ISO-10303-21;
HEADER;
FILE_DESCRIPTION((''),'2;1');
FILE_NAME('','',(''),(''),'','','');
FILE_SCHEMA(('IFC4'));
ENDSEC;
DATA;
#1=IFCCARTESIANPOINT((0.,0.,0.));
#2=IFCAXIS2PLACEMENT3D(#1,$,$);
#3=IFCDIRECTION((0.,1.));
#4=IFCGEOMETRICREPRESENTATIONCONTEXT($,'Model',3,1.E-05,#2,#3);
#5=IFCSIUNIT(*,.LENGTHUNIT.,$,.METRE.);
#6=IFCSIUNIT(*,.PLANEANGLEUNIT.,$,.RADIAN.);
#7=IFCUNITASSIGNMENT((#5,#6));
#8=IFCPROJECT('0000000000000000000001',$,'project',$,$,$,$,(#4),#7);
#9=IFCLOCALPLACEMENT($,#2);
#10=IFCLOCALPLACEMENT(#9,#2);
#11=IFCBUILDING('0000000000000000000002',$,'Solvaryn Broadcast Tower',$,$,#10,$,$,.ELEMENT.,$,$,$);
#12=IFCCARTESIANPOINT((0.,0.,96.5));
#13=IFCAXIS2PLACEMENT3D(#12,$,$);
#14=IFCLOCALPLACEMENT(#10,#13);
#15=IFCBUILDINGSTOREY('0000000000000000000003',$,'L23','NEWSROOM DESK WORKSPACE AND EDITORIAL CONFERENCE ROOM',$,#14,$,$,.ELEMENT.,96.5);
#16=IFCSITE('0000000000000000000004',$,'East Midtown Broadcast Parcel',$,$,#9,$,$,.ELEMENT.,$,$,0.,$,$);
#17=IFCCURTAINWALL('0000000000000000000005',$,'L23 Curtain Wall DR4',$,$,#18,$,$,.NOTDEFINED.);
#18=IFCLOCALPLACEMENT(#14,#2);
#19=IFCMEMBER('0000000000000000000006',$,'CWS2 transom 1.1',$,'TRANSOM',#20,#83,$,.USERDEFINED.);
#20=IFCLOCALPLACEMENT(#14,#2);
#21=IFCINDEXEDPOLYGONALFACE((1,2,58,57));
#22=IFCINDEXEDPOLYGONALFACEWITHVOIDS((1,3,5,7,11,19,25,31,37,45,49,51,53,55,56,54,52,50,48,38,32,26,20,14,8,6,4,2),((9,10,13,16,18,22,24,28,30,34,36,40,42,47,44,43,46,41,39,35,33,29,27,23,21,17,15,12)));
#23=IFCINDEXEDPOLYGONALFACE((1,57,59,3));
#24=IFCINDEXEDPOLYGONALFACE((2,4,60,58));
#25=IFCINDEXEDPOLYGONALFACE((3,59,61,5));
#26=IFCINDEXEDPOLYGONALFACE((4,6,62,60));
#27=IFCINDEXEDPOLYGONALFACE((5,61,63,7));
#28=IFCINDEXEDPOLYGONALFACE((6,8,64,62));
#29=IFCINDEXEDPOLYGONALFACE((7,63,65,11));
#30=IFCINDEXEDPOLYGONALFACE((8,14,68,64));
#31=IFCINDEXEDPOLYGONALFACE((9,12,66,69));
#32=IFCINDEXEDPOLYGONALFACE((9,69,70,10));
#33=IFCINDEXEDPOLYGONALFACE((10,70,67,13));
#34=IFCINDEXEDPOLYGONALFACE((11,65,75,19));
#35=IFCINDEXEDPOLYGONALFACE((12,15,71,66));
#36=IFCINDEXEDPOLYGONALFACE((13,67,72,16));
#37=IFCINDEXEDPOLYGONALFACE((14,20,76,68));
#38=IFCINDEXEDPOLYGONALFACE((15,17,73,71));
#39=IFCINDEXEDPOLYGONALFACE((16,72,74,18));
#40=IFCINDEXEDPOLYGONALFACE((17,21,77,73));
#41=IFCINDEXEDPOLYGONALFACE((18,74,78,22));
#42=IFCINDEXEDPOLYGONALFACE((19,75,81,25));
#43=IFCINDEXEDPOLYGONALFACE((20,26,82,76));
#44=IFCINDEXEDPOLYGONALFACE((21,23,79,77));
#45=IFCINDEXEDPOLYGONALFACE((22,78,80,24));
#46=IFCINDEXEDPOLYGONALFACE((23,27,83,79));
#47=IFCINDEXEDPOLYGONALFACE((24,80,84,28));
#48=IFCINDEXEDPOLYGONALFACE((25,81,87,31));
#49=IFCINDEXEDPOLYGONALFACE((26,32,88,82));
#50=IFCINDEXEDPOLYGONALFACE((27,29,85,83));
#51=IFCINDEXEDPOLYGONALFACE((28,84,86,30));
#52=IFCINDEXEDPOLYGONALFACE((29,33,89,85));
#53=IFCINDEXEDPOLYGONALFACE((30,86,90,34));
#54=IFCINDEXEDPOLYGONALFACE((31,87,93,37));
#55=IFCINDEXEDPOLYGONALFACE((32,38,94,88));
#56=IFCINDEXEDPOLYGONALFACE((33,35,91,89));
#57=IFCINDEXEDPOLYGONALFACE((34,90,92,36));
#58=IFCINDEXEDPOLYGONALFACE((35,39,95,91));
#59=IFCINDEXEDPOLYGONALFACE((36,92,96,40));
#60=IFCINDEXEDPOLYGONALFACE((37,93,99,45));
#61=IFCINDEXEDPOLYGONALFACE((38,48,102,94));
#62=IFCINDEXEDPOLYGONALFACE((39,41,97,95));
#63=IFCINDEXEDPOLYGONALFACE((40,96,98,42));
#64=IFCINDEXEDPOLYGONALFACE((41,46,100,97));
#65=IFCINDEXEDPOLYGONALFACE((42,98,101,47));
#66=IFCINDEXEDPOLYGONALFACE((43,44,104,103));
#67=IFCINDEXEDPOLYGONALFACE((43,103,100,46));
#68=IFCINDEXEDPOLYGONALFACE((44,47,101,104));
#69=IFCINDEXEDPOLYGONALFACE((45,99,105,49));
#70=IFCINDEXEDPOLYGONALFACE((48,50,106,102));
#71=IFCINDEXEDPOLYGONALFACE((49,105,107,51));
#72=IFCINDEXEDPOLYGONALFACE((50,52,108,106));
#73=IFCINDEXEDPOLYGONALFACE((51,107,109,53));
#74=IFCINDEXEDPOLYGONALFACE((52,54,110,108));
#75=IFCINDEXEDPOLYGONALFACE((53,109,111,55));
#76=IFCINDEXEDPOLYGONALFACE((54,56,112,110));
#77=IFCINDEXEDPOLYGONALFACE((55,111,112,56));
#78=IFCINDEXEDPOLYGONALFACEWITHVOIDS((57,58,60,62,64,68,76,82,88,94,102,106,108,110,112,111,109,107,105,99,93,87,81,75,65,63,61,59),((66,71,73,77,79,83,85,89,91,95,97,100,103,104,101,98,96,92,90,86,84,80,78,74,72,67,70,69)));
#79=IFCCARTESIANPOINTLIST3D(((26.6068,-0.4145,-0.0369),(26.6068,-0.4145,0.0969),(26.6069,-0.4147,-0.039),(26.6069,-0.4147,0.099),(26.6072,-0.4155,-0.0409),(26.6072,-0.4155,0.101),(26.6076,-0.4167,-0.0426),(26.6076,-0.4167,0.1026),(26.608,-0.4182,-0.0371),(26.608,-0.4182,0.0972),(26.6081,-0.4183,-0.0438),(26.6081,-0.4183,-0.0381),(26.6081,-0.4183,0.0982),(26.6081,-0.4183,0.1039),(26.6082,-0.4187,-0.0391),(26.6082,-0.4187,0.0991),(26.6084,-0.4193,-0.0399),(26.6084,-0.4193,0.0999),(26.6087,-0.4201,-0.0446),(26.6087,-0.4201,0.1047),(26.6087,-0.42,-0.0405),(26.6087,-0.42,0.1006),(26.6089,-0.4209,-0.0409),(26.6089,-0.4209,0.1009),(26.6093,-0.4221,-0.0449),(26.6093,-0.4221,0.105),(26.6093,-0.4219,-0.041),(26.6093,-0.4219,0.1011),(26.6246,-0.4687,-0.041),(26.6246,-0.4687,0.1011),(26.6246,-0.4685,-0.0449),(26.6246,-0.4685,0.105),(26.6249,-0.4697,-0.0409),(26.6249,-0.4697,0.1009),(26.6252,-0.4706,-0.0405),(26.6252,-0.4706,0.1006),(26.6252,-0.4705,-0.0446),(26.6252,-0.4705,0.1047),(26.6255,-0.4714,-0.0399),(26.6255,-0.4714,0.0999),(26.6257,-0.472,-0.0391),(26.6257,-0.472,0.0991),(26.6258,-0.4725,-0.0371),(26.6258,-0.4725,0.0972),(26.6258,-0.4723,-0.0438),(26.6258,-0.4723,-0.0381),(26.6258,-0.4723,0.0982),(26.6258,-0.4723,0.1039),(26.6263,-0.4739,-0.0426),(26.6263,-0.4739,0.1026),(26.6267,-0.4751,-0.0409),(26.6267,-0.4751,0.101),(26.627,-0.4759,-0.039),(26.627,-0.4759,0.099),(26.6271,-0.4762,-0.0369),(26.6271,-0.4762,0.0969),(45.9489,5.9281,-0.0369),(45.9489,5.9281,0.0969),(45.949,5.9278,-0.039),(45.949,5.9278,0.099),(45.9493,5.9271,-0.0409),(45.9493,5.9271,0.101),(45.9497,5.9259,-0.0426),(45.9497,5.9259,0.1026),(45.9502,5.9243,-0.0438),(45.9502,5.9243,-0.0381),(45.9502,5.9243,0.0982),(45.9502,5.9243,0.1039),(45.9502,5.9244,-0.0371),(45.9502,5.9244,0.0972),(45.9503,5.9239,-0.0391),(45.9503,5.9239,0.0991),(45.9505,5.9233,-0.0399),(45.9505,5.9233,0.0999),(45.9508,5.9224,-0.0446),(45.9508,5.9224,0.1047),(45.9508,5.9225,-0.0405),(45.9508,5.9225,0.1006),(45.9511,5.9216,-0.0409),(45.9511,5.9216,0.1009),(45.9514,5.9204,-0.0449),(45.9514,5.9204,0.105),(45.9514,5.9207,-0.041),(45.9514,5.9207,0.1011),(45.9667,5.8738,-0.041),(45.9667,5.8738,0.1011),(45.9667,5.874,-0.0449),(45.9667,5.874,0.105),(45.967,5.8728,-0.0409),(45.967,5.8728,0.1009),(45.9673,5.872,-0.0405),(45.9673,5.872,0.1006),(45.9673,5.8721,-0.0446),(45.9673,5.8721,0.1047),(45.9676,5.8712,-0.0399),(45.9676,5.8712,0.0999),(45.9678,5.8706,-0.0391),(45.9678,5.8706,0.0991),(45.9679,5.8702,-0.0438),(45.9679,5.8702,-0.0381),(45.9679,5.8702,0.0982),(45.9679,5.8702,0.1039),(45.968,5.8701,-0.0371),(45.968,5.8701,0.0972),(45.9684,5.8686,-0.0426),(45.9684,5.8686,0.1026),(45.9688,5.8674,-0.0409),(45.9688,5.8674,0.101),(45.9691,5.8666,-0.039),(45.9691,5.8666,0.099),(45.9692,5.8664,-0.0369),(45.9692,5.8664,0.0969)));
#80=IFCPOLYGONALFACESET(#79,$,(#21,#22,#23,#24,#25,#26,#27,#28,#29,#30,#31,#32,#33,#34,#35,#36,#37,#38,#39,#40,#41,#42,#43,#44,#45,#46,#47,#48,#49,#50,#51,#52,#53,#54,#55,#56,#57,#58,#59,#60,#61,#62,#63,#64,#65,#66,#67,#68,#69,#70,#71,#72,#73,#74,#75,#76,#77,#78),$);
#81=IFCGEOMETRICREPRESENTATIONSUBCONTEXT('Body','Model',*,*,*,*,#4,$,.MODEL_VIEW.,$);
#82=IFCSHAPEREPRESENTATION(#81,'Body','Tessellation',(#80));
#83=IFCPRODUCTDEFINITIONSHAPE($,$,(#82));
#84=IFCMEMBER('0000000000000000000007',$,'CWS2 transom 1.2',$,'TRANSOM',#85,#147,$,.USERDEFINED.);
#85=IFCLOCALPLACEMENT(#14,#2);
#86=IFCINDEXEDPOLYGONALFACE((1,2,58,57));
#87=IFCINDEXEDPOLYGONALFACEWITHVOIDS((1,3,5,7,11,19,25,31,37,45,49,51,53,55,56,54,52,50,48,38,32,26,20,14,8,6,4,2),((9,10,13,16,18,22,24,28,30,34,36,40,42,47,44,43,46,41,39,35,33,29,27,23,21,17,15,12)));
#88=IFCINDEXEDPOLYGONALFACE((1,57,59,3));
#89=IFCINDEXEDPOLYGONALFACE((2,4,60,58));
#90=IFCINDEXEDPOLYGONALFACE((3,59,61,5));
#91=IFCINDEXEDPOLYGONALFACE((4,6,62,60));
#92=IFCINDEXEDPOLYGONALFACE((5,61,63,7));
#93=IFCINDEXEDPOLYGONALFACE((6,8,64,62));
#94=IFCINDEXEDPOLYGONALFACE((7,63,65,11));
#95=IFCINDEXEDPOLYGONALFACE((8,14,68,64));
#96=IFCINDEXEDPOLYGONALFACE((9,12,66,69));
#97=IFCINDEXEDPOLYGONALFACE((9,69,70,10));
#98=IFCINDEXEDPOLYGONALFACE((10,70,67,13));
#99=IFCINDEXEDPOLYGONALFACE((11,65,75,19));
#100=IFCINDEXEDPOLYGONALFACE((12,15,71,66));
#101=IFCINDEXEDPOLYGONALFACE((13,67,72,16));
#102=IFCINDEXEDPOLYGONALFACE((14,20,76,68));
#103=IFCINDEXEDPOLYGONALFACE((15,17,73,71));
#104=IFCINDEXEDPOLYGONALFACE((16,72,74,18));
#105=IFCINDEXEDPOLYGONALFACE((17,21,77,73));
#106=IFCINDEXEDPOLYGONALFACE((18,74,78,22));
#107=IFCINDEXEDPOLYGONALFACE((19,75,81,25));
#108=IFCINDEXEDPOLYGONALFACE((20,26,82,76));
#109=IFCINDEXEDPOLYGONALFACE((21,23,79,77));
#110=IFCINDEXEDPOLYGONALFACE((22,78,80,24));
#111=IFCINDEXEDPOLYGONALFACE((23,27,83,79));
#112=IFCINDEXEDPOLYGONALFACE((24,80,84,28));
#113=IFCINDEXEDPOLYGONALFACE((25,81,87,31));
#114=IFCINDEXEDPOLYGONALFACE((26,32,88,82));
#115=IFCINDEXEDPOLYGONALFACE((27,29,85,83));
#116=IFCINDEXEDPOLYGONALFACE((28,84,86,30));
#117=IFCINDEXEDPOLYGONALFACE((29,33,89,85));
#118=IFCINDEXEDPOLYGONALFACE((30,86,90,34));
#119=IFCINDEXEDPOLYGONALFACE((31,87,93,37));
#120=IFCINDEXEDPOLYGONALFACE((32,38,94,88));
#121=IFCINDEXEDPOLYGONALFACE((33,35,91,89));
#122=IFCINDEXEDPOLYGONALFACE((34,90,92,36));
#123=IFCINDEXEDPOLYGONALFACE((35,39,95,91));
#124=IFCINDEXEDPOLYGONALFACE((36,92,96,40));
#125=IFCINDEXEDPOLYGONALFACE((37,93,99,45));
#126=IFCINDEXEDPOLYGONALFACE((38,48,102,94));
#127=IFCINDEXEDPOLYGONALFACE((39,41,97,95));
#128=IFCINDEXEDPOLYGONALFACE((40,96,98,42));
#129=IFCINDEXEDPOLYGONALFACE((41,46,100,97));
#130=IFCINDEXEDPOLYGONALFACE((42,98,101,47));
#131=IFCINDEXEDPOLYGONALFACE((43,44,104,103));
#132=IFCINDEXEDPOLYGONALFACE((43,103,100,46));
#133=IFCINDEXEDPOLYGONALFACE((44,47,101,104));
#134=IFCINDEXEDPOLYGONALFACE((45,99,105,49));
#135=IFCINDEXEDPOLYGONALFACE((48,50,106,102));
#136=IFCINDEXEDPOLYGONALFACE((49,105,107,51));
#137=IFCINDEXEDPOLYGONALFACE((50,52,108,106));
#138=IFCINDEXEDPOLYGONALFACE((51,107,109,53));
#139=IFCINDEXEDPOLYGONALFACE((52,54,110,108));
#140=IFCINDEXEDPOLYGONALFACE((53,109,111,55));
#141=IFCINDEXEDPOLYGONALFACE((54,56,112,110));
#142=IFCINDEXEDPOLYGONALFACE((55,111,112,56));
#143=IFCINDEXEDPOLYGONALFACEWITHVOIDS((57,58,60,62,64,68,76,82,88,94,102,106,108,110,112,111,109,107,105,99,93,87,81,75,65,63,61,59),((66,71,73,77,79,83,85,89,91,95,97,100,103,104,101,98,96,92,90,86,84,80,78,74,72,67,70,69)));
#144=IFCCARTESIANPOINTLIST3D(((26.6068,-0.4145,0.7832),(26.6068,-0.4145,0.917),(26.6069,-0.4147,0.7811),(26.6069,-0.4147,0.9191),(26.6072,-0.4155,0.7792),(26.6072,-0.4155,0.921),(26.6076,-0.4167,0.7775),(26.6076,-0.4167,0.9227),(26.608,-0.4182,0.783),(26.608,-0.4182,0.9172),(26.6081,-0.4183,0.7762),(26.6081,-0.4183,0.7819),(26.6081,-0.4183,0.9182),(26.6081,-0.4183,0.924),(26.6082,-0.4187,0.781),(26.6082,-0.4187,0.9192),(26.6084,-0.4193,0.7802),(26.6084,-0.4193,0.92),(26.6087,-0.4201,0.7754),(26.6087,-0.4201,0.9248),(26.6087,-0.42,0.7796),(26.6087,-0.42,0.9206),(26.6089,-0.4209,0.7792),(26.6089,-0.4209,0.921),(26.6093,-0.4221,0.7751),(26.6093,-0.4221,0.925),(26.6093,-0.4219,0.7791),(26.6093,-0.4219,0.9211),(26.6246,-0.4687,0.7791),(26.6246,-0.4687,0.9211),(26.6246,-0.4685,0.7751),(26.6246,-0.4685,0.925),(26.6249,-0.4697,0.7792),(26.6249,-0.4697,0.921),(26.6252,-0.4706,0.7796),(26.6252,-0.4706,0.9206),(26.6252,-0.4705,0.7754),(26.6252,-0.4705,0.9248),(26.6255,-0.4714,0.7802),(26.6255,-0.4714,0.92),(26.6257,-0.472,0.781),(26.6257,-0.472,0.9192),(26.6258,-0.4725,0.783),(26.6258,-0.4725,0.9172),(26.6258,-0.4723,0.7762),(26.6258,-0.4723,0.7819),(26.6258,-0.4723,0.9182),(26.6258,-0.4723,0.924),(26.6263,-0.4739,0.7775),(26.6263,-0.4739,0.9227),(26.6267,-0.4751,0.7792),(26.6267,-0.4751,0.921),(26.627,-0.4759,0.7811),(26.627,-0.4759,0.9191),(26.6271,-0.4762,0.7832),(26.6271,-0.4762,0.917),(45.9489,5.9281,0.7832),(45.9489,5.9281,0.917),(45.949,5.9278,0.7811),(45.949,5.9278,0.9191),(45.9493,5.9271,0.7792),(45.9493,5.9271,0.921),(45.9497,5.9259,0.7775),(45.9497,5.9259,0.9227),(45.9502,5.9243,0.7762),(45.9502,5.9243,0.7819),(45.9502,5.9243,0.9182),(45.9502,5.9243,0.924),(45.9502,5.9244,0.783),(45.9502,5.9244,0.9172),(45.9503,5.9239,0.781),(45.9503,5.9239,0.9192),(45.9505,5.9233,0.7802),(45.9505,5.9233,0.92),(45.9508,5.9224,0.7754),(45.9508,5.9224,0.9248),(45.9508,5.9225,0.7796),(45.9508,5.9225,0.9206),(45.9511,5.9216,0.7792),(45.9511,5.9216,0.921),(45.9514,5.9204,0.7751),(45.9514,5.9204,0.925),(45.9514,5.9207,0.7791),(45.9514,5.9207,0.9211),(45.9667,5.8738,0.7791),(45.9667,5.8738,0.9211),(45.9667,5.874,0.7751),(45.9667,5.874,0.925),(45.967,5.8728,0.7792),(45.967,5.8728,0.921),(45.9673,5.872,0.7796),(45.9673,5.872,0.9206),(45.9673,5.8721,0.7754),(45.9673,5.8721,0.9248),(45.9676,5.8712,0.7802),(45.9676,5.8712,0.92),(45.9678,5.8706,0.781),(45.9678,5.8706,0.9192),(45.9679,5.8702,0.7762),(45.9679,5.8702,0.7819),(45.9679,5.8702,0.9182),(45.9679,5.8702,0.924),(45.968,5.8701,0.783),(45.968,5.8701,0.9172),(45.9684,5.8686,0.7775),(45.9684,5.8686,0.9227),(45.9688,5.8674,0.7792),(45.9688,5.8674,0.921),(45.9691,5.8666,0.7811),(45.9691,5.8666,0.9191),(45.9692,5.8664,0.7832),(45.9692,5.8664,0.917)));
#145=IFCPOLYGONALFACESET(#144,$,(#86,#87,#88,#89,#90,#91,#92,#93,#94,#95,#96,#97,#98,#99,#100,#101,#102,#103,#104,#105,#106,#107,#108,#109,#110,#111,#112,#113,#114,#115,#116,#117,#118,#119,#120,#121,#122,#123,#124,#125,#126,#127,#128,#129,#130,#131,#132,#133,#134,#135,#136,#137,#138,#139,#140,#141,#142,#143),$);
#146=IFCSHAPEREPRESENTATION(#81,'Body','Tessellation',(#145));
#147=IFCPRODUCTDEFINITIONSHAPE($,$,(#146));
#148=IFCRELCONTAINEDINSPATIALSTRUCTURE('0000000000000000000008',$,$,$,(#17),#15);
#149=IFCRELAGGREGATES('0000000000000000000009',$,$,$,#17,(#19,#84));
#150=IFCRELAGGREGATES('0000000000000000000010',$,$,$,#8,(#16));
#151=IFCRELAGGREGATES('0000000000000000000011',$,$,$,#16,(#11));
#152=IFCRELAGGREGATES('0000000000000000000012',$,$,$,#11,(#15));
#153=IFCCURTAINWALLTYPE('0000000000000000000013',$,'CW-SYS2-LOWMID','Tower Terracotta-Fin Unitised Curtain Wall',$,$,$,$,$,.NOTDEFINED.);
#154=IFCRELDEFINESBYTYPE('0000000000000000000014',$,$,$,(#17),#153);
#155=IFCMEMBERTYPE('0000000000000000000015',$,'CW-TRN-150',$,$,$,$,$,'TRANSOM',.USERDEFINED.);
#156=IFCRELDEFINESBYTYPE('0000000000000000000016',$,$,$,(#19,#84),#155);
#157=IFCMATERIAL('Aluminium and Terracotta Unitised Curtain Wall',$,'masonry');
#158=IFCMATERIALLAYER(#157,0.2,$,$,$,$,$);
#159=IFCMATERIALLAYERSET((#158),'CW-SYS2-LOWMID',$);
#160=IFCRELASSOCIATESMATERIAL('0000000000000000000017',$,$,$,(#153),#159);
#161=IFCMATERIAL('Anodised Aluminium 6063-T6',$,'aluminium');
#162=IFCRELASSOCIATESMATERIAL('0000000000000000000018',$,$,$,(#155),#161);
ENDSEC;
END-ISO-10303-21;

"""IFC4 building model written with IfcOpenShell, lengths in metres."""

from ifc_helpers import new_model, si_unit, direction, frame, origin, origin_2d, place, context, subcontext, project, spatial, hollow_rectangle, extrude, material, layer, layer_set, material_profile, profile_set, type_object, element, aggregate, save


model = new_model("IFC4")

# Units and contexts
model_context = context("Model", 3, precision=1e-05, world=origin(), true_north=direction((0.0, 1.0)))
body_context = subcontext(model_context, "Body", "Model", "MODEL_VIEW")
ifc_project = project(units=[si_unit("LENGTHUNIT", "METRE"), si_unit("PLANEANGLEUNIT", "RADIAN")], contexts=[model_context])

# Site, building, storey
site_placement = place(None, origin())
site = spatial("IfcSite", under=ifc_project, at=site_placement, Name="East Midtown Broadcast Parcel", CompositionType="ELEMENT", RefElevation=0.0)
building_placement = place(site_placement, origin())
building = spatial("IfcBuilding", under=site, at=building_placement, Name="Solvaryn Broadcast Tower", CompositionType="ELEMENT")
storey_placement = place(building_placement, frame((0.0, 0.0, 96.5)))
storey = spatial("IfcBuildingStorey", under=building, at=storey_placement, Name="L23", Description="NEWSROOM DESK WORKSPACE AND EDITORIAL CONFERENCE ROOM", CompositionType="ELEMENT", Elevation=96.5)

# Shared definitions
ifc_material_1 = material(Name="Aluminium and Terracotta Unitised Curtain Wall", Category="masonry")
ifc_layer_1 = layer(ifc_material_1, 0.2)
ifc_layer_set_1 = layer_set([ifc_layer_1], Name="CW-SYS2-LOWMID")
curtain_wall_type = type_object("IfcCurtainWallType", Name="CW-SYS2-LOWMID", Description="Tower Terracotta-Fin Unitised Curtain Wall", PredefinedType="NOTDEFINED", material=ifc_layer_set_1)

# Curtain wall, members
curtain_wall_1_placement = place(storey_placement, origin())
curtain_wall_1 = element("IfcCurtainWall", 1, at=curtain_wall_1_placement, inside=storey, type_object=curtain_wall_type, Name="L23 Curtain Wall DR4", PredefinedType="NOTDEFINED")
ifc_material_2 = material(Name="Anodised Aluminium 6063-T6", Category="aluminium")
ifc_material_profile_1 = material_profile(ifc_material_2, hollow_rectangle(XDim=0.0649, YDim=0.1499, WallThickness=0.0039, InnerFilletRadius=0.0039, OuterFilletRadius=0.0081, at=origin_2d()))
ifc_profile_set_1 = profile_set([ifc_material_profile_1], Name="Anodised Aluminium 6063-T6")
member_type_1 = type_object("IfcMemberType", Name="CW-TRN-150", ElementType="TRANSOM", PredefinedType="USERDEFINED", material=ifc_profile_set_1)
member_1_placement = place(storey_placement, frame((26.6169, -0.4453, 0.03), z_axis=(0.950217, 0.31159, 0.0), x_axis=(-0.31159, 0.950217, 0.0)))
member_1 = element("IfcMember", 2, at=member_1_placement, type_object=member_type_1, Name="CWS2 transom 1.1", ObjectType="TRANSOM", PredefinedType="USERDEFINED", context=body_context, shape_type="SweptSolid", body=[
    extrude(hollow_rectangle(XDim=0.0649, YDim=0.1499, WallThickness=0.0039, InnerFilletRadius=0.0039, OuterFilletRadius=0.0081, at=origin_2d()), origin(), (0.0, 0.0, 1.0), 20.3555),
])
member_2_placement = place(storey_placement, frame((26.6169, -0.4453, 0.8501), z_axis=(0.950217, 0.31159, 0.0), x_axis=(-0.31159, 0.950217, 0.0)))
member_2 = element("IfcMember", 3, at=member_2_placement, type_object=member_type_1, Name="CWS2 transom 1.2", ObjectType="TRANSOM", PredefinedType="USERDEFINED", context=body_context, shape_type="SweptSolid", body=[
    extrude(hollow_rectangle(XDim=0.0649, YDim=0.1499, WallThickness=0.0039, InnerFilletRadius=0.0039, OuterFilletRadius=0.0081, at=origin_2d()), origin(), (0.0, 0.0, 1.0), 20.3555),
])
aggregate(curtain_wall_1, [member_1, member_2])

save(model, "model.ifc")
